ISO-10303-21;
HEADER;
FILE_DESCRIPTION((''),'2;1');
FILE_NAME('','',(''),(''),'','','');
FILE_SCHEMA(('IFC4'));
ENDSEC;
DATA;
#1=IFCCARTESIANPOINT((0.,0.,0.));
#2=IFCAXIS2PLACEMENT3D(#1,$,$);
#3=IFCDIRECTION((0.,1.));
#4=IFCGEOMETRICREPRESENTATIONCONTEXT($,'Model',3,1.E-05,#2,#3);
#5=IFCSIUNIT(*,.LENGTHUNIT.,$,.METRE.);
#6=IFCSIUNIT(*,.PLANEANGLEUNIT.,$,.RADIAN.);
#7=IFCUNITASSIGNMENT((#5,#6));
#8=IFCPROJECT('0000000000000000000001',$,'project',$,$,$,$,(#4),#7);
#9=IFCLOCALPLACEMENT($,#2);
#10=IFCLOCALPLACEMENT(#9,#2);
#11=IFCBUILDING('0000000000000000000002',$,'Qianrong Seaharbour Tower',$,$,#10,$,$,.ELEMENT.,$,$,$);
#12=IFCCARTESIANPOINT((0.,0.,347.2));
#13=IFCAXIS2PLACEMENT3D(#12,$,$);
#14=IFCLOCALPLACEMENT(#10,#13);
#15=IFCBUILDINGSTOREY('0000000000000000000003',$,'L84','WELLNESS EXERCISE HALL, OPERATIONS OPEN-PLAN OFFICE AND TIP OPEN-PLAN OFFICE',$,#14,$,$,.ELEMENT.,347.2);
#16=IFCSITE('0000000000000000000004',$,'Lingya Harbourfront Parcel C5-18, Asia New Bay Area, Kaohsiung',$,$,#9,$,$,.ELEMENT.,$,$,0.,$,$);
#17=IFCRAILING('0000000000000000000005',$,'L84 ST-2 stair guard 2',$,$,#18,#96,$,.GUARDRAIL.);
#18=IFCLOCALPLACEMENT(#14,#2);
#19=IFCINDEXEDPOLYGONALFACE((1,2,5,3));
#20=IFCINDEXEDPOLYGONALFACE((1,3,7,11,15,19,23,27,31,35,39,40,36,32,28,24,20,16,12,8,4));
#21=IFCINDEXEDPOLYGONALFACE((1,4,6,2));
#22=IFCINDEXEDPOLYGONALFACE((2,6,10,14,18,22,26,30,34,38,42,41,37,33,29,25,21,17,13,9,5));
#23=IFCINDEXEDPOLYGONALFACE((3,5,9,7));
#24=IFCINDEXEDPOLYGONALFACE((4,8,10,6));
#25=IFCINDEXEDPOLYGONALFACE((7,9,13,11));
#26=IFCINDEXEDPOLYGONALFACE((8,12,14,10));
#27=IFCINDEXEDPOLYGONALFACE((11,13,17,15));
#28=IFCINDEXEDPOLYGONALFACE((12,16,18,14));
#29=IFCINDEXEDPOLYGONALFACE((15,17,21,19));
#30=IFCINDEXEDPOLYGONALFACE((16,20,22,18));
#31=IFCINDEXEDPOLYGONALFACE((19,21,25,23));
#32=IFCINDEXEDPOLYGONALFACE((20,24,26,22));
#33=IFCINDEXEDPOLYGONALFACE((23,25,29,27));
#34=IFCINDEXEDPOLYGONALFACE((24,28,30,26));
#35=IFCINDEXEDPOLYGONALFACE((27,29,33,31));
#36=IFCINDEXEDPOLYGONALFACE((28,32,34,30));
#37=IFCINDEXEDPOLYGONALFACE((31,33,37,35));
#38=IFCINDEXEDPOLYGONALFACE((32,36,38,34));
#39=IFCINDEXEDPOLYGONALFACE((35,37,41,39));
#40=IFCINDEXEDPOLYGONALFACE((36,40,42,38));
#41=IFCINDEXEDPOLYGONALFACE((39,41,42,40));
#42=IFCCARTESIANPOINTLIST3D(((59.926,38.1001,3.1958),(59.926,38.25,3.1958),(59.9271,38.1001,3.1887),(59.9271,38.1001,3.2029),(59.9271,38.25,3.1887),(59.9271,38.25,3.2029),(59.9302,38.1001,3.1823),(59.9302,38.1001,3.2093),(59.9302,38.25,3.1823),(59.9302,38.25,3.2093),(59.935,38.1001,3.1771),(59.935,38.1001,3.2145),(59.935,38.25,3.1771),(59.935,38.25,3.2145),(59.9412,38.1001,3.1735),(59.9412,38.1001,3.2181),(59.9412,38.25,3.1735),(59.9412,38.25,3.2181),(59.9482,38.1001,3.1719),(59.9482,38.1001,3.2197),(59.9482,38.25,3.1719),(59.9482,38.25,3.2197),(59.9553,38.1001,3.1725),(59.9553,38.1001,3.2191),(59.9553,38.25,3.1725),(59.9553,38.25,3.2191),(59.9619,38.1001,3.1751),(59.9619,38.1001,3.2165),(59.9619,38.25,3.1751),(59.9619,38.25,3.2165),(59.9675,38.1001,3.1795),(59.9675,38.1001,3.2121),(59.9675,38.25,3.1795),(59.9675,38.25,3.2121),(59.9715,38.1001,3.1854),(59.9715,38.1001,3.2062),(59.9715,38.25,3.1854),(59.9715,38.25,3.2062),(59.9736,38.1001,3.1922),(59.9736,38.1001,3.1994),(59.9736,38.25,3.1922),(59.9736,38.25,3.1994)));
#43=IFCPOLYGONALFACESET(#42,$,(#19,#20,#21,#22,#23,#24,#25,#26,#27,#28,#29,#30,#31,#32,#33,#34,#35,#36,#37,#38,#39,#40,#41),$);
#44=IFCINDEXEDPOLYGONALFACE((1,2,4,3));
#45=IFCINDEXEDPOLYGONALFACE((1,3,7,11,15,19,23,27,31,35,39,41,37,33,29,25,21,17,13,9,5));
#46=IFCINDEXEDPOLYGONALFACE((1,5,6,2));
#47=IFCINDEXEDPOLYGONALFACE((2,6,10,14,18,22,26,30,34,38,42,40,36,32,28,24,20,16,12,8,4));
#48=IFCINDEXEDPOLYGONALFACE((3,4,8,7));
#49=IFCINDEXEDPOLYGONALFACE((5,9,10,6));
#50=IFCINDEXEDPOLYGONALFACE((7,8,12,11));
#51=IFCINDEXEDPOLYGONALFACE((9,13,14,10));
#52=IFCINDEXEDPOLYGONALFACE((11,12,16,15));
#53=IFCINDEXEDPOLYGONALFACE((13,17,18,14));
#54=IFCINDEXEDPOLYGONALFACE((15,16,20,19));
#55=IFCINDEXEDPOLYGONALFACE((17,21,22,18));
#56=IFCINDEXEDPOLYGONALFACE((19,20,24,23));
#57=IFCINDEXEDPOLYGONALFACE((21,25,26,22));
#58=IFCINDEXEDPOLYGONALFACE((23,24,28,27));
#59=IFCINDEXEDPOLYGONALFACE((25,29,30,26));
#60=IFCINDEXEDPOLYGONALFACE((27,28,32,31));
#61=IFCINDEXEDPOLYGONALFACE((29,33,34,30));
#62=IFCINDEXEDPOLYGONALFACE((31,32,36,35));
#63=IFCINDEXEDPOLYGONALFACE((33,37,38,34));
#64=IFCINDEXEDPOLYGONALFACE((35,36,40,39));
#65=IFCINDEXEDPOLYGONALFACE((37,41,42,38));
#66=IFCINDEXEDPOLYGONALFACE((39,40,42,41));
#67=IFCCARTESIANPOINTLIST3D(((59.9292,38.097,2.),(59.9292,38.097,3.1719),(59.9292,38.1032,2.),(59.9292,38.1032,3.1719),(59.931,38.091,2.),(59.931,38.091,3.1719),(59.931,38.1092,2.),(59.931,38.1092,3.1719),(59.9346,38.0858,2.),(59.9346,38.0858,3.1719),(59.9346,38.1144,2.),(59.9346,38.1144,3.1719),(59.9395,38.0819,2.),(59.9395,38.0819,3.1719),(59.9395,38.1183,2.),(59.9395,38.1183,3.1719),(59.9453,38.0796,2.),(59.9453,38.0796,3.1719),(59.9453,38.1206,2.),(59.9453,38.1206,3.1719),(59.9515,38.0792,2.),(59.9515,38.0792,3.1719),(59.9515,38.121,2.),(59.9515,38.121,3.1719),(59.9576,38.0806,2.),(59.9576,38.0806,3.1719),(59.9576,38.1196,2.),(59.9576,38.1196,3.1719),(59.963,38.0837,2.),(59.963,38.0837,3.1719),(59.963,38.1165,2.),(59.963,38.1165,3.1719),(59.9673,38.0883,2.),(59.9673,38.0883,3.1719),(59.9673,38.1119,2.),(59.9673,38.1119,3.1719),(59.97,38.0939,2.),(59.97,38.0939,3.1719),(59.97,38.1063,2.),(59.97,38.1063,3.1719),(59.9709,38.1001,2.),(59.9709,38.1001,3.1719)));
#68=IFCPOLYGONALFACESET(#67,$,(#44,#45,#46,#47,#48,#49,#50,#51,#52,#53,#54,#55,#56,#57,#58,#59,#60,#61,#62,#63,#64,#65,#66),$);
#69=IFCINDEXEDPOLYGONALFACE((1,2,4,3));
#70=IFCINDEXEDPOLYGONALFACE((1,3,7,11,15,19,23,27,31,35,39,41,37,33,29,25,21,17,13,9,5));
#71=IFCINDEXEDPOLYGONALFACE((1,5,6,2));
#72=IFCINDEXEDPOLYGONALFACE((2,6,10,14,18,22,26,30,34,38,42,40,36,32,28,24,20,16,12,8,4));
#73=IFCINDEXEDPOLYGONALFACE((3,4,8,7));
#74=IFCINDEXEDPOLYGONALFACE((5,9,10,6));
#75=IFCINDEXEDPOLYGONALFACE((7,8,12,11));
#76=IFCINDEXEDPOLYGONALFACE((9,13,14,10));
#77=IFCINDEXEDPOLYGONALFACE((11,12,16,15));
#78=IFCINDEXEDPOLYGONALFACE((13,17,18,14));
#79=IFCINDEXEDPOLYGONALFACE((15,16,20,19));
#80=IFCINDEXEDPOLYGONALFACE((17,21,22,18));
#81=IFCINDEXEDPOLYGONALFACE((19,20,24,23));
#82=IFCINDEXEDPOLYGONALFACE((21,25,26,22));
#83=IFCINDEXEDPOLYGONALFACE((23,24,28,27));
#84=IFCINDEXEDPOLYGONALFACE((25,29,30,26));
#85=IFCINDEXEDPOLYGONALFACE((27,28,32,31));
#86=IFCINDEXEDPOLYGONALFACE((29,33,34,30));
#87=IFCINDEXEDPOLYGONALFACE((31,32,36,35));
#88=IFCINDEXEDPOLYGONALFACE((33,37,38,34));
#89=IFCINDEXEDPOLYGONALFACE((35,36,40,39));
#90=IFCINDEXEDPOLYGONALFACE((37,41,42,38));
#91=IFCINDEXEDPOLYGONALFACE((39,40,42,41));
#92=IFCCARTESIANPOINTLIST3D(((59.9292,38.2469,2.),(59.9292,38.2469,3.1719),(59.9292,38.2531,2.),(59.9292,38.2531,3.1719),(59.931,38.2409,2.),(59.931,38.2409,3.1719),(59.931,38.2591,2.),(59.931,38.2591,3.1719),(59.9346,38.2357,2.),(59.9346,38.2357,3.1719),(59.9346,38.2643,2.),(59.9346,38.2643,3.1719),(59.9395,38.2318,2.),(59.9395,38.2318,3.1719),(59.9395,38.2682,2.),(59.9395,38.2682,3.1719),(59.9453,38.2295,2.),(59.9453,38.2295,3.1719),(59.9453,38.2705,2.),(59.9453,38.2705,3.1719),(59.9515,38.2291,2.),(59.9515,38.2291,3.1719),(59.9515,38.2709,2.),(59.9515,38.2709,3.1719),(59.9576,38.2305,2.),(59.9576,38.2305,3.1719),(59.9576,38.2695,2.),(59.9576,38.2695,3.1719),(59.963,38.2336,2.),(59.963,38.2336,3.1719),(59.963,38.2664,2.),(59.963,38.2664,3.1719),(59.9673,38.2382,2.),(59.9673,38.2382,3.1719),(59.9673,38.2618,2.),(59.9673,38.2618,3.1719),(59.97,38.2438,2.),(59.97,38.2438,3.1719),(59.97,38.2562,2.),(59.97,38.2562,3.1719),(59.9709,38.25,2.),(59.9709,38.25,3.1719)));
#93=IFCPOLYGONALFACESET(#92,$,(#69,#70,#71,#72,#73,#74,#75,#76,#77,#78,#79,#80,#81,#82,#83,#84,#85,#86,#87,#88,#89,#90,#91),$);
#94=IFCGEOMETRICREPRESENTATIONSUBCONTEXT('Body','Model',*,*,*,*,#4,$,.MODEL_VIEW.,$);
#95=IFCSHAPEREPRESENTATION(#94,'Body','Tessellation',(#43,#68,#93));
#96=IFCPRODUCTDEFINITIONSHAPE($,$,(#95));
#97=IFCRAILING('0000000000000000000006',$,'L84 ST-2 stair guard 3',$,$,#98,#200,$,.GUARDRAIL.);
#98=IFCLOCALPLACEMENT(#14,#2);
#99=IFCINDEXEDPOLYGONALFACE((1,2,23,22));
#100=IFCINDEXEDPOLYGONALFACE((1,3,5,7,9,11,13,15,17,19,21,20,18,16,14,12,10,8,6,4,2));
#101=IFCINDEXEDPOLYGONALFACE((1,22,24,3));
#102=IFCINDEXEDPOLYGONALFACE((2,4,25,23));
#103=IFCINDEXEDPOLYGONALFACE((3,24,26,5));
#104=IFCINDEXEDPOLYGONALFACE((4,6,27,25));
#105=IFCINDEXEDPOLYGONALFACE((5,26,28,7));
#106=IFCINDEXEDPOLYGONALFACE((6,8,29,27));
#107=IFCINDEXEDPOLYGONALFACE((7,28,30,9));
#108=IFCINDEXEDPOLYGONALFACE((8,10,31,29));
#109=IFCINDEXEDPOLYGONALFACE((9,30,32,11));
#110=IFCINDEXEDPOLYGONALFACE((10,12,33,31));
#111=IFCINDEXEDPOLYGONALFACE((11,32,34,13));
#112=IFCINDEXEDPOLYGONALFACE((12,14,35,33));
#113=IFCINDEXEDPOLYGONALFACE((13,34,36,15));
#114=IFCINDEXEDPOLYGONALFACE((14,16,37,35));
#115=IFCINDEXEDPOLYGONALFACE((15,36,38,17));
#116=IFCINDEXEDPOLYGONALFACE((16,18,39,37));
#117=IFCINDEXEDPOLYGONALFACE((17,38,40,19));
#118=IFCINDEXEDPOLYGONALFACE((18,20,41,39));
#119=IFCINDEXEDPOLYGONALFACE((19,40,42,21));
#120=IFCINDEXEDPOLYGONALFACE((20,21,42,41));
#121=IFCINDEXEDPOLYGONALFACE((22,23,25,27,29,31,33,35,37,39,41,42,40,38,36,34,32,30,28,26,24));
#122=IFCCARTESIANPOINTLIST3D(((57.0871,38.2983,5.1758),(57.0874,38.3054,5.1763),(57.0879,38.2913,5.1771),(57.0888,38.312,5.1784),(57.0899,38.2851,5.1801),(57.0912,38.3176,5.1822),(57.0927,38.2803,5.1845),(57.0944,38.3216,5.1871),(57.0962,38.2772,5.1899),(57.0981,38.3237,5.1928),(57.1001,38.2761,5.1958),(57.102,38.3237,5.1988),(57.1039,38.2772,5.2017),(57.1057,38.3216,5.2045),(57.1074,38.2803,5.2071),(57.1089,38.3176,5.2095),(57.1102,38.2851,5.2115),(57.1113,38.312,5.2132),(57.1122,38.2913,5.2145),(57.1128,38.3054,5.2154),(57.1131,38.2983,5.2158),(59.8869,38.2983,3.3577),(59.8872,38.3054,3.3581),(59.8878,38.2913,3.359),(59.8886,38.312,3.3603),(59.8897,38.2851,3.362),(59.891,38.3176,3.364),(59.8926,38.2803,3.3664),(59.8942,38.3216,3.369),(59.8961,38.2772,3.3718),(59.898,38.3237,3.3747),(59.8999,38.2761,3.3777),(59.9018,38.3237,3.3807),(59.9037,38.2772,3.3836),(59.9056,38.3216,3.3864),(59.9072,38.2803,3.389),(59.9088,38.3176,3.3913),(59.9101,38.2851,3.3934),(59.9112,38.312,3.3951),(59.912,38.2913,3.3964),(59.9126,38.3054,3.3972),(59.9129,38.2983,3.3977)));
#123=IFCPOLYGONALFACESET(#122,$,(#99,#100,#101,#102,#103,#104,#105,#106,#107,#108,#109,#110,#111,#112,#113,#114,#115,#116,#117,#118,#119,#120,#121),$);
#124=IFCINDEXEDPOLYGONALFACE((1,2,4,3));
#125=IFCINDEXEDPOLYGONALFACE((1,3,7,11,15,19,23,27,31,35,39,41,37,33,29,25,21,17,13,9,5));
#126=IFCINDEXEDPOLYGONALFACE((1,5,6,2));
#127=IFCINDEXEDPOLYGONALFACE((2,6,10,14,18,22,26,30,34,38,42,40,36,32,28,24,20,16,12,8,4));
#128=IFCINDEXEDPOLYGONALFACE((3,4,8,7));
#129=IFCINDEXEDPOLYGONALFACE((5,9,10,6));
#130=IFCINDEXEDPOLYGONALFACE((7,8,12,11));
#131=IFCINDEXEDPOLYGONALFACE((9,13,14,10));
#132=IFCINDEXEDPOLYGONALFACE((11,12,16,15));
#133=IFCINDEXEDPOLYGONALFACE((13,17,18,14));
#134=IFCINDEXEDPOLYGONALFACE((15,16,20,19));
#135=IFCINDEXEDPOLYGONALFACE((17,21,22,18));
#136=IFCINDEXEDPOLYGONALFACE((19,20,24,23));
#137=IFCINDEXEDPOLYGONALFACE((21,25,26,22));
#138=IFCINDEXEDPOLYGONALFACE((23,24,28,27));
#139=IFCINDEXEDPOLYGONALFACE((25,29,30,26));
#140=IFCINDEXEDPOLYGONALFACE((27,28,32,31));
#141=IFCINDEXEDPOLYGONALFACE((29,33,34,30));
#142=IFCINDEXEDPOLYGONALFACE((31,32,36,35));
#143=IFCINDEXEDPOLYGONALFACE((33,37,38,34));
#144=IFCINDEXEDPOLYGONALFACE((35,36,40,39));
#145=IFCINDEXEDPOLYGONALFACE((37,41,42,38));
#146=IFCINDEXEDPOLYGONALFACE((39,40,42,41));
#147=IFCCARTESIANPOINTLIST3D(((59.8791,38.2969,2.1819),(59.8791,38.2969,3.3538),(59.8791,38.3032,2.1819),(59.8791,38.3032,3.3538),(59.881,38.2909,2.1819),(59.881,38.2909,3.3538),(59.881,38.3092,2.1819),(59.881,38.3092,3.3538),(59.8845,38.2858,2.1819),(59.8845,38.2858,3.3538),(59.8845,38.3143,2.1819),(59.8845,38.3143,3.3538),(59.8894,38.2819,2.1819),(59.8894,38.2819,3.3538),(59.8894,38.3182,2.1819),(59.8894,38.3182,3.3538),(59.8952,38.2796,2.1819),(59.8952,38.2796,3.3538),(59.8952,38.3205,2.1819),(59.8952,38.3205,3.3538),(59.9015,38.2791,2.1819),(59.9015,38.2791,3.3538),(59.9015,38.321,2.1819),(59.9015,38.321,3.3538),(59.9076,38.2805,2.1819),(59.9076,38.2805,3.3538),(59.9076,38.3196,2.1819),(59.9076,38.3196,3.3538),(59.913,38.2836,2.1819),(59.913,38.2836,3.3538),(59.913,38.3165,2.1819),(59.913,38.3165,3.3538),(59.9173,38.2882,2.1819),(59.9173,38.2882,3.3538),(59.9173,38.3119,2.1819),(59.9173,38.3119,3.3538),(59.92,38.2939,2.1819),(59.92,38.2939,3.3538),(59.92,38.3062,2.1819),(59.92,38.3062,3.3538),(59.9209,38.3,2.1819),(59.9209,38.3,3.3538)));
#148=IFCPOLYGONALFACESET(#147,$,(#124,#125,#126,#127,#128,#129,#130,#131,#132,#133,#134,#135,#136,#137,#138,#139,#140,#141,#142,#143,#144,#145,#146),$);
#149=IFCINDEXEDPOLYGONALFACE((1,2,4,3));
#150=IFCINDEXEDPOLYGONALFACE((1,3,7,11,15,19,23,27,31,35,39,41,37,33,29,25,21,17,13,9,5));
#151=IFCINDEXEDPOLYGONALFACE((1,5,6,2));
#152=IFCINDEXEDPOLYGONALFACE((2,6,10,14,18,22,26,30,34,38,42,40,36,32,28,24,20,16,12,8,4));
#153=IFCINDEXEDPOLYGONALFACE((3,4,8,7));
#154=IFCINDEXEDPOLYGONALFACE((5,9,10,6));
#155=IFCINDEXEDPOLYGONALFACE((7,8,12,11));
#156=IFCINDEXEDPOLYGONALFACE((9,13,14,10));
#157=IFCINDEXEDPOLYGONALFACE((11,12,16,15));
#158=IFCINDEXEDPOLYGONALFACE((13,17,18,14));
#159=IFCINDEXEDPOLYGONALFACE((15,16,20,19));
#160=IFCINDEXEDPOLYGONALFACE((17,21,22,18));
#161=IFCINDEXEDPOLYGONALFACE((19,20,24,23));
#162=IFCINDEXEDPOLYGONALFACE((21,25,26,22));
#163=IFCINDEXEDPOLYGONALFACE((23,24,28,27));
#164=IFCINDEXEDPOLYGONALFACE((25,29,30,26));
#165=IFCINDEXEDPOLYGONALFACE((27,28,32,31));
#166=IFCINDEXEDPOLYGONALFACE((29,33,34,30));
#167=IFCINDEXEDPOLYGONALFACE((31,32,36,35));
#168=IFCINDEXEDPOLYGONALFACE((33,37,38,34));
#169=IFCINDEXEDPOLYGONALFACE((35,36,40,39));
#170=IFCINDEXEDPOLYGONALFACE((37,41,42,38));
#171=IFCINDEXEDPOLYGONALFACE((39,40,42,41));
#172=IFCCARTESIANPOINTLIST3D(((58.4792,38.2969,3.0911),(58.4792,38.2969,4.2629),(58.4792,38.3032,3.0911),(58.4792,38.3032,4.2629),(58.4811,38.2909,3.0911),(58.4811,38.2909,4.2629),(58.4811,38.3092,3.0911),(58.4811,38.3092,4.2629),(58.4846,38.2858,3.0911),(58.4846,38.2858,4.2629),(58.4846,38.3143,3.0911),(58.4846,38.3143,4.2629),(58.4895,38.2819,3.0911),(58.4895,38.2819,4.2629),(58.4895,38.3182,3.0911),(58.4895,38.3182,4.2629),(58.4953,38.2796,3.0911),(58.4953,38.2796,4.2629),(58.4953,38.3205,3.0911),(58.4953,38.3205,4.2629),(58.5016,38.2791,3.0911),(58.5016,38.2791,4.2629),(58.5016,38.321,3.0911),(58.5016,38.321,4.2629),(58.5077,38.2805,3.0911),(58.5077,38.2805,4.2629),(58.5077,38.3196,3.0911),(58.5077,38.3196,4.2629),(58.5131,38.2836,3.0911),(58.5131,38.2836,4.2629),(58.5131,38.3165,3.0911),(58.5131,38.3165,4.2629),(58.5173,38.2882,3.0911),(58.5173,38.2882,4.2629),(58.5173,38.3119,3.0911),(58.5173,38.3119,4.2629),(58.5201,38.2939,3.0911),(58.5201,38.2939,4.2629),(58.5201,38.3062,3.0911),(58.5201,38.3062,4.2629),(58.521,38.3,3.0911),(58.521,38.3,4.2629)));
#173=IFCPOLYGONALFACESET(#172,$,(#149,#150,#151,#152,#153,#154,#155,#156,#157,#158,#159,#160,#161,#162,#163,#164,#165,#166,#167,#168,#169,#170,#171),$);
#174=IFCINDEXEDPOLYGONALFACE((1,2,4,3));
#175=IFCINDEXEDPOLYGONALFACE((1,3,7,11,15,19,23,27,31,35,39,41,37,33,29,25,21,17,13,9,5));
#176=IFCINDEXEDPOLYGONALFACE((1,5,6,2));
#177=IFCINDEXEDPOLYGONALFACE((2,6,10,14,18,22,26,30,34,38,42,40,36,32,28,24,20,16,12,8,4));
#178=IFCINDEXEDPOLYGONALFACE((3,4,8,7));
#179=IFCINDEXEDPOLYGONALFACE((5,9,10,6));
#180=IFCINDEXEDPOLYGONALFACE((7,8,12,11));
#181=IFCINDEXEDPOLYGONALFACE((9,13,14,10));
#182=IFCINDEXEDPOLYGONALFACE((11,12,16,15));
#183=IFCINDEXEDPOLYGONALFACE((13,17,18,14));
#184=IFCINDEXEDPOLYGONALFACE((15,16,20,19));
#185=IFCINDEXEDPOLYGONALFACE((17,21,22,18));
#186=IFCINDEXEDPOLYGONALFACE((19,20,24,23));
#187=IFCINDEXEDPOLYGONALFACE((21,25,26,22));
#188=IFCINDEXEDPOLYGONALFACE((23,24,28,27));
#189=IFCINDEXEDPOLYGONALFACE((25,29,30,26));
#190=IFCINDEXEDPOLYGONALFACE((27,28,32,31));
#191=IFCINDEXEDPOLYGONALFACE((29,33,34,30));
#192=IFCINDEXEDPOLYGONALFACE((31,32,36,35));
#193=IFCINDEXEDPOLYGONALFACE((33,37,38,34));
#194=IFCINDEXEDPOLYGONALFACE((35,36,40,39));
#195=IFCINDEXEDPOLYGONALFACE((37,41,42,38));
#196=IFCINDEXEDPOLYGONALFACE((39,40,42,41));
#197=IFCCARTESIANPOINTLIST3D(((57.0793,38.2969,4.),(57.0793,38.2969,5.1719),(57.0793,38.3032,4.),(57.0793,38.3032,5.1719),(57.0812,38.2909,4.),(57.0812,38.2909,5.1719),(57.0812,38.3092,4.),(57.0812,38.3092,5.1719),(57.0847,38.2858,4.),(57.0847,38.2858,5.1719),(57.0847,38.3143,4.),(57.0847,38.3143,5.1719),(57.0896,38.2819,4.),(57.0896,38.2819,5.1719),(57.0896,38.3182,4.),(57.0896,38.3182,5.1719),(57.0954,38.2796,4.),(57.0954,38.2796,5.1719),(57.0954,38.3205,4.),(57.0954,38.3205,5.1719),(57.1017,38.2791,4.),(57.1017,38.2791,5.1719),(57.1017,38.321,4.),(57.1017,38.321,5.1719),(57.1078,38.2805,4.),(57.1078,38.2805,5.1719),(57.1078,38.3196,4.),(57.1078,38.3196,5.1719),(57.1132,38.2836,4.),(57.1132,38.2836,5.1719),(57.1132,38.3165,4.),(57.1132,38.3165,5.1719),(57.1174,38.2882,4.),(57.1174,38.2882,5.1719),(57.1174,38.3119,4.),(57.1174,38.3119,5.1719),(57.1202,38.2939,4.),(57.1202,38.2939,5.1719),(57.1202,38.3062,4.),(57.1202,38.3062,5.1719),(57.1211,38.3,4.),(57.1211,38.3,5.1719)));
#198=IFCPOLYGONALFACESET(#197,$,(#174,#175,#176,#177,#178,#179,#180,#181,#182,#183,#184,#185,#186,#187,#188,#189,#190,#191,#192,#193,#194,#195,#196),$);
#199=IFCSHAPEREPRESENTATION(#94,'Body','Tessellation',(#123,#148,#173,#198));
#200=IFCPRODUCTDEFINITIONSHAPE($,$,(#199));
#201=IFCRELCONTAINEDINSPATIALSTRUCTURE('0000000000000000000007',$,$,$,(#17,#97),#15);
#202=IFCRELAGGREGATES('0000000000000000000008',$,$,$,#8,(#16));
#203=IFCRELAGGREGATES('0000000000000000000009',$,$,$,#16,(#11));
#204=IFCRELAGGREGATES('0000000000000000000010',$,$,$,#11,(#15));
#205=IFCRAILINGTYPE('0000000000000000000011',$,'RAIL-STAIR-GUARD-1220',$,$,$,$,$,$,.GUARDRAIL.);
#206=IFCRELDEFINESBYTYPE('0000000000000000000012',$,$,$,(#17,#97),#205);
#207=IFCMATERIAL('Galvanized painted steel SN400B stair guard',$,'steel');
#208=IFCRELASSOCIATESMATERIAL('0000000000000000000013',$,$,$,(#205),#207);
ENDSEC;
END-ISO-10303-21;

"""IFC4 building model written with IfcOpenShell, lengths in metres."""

from ifc_helpers import new_model, si_unit, direction, frame, origin, origin_2d, place, context, subcontext, project, spatial, circle, extrude, material, type_object, element, save


model = new_model("IFC4")

# Units and contexts
model_context = context("Model", 3, precision=1e-05, world=origin(), true_north=direction((0.0, 1.0)))
body_context = subcontext(model_context, "Body", "Model", "MODEL_VIEW")
ifc_project = project(units=[si_unit("LENGTHUNIT", "METRE"), si_unit("PLANEANGLEUNIT", "RADIAN")], contexts=[model_context])

# Site, building, storey
site_placement = place(None, origin())
site = spatial("IfcSite", under=ifc_project, at=site_placement, Name="Lingya Harbourfront Parcel C5-18, Asia New Bay Area, Kaohsiung", CompositionType="ELEMENT", RefElevation=0.0)
building_placement = place(site_placement, origin())
building = spatial("IfcBuilding", under=site, at=building_placement, Name="Qianrong Seaharbour Tower", CompositionType="ELEMENT")
storey_placement = place(building_placement, frame((0.0, 0.0, 347.2)))
storey = spatial("IfcBuildingStorey", under=building, at=storey_placement, Name="L84", Description="WELLNESS EXERCISE HALL, OPERATIONS OPEN-PLAN OFFICE AND TIP OPEN-PLAN OFFICE", CompositionType="ELEMENT", Elevation=347.2)

# Railings
ifc_material_1 = material(Name="Galvanized painted steel SN400B stair guard", Category="steel")
railing_type_1 = type_object("IfcRailingType", Name="RAIL-STAIR-GUARD-1220", PredefinedType="GUARDRAIL", material=ifc_material_1)
railing_1_placement = place(storey_placement, frame((59.95, 38.1001, 2.0)))
element("IfcRailing", 1, at=railing_1_placement, inside=storey, type_object=railing_type_1, Name="L84 ST-2 stair guard 2", PredefinedType="GUARDRAIL", context=body_context, shape_type="SweptSolid", body=[
    extrude(circle(Radius=0.0239, at=origin_2d()), frame((0.0, 0.0, 1.1958), z_axis=(0.0, 1.0, 0.0), x_axis=(-1.0, 0.0, 0.0)), (0.0, 0.0, 1.0), 0.1499),
    extrude(circle(Radius=0.021, at=origin_2d()), origin(), (0.0, 0.0, 1.0), 1.1719),
    extrude(circle(Radius=0.021, at=origin_2d()), frame((0.0, 0.1499, 0.0)), (0.0, 0.0, 1.0), 1.1719),
])
railing_2_placement = place(storey_placement, frame((59.8999, 38.3, 2.1819)))
element("IfcRailing", 2, at=railing_2_placement, inside=storey, type_object=railing_type_1, Name="L84 ST-2 stair guard 3", PredefinedType="GUARDRAIL", context=body_context, shape_type="SweptSolid", body=[
    extrude(circle(Radius=0.0239, at=origin_2d()), frame((0.0, 0.0, 1.1958), z_axis=(-0.838684, 0.0, 0.544618), x_axis=(0.0, -1.0, 0.0)), (0.0, 0.0, 1.0), 3.3384),
    extrude(circle(Radius=0.021, at=origin_2d()), origin(), (0.0, 0.0, 1.0), 1.1719),
    extrude(circle(Radius=0.021, at=origin_2d()), frame((-1.3999, 0.0, 0.9092)), (0.0, 0.0, 1.0), 1.1719),
    extrude(circle(Radius=0.021, at=origin_2d()), frame((-2.7998, 0.0, 1.8181)), (0.0, 0.0, 1.0), 1.1719),
])

save(model, "model.ifc")
